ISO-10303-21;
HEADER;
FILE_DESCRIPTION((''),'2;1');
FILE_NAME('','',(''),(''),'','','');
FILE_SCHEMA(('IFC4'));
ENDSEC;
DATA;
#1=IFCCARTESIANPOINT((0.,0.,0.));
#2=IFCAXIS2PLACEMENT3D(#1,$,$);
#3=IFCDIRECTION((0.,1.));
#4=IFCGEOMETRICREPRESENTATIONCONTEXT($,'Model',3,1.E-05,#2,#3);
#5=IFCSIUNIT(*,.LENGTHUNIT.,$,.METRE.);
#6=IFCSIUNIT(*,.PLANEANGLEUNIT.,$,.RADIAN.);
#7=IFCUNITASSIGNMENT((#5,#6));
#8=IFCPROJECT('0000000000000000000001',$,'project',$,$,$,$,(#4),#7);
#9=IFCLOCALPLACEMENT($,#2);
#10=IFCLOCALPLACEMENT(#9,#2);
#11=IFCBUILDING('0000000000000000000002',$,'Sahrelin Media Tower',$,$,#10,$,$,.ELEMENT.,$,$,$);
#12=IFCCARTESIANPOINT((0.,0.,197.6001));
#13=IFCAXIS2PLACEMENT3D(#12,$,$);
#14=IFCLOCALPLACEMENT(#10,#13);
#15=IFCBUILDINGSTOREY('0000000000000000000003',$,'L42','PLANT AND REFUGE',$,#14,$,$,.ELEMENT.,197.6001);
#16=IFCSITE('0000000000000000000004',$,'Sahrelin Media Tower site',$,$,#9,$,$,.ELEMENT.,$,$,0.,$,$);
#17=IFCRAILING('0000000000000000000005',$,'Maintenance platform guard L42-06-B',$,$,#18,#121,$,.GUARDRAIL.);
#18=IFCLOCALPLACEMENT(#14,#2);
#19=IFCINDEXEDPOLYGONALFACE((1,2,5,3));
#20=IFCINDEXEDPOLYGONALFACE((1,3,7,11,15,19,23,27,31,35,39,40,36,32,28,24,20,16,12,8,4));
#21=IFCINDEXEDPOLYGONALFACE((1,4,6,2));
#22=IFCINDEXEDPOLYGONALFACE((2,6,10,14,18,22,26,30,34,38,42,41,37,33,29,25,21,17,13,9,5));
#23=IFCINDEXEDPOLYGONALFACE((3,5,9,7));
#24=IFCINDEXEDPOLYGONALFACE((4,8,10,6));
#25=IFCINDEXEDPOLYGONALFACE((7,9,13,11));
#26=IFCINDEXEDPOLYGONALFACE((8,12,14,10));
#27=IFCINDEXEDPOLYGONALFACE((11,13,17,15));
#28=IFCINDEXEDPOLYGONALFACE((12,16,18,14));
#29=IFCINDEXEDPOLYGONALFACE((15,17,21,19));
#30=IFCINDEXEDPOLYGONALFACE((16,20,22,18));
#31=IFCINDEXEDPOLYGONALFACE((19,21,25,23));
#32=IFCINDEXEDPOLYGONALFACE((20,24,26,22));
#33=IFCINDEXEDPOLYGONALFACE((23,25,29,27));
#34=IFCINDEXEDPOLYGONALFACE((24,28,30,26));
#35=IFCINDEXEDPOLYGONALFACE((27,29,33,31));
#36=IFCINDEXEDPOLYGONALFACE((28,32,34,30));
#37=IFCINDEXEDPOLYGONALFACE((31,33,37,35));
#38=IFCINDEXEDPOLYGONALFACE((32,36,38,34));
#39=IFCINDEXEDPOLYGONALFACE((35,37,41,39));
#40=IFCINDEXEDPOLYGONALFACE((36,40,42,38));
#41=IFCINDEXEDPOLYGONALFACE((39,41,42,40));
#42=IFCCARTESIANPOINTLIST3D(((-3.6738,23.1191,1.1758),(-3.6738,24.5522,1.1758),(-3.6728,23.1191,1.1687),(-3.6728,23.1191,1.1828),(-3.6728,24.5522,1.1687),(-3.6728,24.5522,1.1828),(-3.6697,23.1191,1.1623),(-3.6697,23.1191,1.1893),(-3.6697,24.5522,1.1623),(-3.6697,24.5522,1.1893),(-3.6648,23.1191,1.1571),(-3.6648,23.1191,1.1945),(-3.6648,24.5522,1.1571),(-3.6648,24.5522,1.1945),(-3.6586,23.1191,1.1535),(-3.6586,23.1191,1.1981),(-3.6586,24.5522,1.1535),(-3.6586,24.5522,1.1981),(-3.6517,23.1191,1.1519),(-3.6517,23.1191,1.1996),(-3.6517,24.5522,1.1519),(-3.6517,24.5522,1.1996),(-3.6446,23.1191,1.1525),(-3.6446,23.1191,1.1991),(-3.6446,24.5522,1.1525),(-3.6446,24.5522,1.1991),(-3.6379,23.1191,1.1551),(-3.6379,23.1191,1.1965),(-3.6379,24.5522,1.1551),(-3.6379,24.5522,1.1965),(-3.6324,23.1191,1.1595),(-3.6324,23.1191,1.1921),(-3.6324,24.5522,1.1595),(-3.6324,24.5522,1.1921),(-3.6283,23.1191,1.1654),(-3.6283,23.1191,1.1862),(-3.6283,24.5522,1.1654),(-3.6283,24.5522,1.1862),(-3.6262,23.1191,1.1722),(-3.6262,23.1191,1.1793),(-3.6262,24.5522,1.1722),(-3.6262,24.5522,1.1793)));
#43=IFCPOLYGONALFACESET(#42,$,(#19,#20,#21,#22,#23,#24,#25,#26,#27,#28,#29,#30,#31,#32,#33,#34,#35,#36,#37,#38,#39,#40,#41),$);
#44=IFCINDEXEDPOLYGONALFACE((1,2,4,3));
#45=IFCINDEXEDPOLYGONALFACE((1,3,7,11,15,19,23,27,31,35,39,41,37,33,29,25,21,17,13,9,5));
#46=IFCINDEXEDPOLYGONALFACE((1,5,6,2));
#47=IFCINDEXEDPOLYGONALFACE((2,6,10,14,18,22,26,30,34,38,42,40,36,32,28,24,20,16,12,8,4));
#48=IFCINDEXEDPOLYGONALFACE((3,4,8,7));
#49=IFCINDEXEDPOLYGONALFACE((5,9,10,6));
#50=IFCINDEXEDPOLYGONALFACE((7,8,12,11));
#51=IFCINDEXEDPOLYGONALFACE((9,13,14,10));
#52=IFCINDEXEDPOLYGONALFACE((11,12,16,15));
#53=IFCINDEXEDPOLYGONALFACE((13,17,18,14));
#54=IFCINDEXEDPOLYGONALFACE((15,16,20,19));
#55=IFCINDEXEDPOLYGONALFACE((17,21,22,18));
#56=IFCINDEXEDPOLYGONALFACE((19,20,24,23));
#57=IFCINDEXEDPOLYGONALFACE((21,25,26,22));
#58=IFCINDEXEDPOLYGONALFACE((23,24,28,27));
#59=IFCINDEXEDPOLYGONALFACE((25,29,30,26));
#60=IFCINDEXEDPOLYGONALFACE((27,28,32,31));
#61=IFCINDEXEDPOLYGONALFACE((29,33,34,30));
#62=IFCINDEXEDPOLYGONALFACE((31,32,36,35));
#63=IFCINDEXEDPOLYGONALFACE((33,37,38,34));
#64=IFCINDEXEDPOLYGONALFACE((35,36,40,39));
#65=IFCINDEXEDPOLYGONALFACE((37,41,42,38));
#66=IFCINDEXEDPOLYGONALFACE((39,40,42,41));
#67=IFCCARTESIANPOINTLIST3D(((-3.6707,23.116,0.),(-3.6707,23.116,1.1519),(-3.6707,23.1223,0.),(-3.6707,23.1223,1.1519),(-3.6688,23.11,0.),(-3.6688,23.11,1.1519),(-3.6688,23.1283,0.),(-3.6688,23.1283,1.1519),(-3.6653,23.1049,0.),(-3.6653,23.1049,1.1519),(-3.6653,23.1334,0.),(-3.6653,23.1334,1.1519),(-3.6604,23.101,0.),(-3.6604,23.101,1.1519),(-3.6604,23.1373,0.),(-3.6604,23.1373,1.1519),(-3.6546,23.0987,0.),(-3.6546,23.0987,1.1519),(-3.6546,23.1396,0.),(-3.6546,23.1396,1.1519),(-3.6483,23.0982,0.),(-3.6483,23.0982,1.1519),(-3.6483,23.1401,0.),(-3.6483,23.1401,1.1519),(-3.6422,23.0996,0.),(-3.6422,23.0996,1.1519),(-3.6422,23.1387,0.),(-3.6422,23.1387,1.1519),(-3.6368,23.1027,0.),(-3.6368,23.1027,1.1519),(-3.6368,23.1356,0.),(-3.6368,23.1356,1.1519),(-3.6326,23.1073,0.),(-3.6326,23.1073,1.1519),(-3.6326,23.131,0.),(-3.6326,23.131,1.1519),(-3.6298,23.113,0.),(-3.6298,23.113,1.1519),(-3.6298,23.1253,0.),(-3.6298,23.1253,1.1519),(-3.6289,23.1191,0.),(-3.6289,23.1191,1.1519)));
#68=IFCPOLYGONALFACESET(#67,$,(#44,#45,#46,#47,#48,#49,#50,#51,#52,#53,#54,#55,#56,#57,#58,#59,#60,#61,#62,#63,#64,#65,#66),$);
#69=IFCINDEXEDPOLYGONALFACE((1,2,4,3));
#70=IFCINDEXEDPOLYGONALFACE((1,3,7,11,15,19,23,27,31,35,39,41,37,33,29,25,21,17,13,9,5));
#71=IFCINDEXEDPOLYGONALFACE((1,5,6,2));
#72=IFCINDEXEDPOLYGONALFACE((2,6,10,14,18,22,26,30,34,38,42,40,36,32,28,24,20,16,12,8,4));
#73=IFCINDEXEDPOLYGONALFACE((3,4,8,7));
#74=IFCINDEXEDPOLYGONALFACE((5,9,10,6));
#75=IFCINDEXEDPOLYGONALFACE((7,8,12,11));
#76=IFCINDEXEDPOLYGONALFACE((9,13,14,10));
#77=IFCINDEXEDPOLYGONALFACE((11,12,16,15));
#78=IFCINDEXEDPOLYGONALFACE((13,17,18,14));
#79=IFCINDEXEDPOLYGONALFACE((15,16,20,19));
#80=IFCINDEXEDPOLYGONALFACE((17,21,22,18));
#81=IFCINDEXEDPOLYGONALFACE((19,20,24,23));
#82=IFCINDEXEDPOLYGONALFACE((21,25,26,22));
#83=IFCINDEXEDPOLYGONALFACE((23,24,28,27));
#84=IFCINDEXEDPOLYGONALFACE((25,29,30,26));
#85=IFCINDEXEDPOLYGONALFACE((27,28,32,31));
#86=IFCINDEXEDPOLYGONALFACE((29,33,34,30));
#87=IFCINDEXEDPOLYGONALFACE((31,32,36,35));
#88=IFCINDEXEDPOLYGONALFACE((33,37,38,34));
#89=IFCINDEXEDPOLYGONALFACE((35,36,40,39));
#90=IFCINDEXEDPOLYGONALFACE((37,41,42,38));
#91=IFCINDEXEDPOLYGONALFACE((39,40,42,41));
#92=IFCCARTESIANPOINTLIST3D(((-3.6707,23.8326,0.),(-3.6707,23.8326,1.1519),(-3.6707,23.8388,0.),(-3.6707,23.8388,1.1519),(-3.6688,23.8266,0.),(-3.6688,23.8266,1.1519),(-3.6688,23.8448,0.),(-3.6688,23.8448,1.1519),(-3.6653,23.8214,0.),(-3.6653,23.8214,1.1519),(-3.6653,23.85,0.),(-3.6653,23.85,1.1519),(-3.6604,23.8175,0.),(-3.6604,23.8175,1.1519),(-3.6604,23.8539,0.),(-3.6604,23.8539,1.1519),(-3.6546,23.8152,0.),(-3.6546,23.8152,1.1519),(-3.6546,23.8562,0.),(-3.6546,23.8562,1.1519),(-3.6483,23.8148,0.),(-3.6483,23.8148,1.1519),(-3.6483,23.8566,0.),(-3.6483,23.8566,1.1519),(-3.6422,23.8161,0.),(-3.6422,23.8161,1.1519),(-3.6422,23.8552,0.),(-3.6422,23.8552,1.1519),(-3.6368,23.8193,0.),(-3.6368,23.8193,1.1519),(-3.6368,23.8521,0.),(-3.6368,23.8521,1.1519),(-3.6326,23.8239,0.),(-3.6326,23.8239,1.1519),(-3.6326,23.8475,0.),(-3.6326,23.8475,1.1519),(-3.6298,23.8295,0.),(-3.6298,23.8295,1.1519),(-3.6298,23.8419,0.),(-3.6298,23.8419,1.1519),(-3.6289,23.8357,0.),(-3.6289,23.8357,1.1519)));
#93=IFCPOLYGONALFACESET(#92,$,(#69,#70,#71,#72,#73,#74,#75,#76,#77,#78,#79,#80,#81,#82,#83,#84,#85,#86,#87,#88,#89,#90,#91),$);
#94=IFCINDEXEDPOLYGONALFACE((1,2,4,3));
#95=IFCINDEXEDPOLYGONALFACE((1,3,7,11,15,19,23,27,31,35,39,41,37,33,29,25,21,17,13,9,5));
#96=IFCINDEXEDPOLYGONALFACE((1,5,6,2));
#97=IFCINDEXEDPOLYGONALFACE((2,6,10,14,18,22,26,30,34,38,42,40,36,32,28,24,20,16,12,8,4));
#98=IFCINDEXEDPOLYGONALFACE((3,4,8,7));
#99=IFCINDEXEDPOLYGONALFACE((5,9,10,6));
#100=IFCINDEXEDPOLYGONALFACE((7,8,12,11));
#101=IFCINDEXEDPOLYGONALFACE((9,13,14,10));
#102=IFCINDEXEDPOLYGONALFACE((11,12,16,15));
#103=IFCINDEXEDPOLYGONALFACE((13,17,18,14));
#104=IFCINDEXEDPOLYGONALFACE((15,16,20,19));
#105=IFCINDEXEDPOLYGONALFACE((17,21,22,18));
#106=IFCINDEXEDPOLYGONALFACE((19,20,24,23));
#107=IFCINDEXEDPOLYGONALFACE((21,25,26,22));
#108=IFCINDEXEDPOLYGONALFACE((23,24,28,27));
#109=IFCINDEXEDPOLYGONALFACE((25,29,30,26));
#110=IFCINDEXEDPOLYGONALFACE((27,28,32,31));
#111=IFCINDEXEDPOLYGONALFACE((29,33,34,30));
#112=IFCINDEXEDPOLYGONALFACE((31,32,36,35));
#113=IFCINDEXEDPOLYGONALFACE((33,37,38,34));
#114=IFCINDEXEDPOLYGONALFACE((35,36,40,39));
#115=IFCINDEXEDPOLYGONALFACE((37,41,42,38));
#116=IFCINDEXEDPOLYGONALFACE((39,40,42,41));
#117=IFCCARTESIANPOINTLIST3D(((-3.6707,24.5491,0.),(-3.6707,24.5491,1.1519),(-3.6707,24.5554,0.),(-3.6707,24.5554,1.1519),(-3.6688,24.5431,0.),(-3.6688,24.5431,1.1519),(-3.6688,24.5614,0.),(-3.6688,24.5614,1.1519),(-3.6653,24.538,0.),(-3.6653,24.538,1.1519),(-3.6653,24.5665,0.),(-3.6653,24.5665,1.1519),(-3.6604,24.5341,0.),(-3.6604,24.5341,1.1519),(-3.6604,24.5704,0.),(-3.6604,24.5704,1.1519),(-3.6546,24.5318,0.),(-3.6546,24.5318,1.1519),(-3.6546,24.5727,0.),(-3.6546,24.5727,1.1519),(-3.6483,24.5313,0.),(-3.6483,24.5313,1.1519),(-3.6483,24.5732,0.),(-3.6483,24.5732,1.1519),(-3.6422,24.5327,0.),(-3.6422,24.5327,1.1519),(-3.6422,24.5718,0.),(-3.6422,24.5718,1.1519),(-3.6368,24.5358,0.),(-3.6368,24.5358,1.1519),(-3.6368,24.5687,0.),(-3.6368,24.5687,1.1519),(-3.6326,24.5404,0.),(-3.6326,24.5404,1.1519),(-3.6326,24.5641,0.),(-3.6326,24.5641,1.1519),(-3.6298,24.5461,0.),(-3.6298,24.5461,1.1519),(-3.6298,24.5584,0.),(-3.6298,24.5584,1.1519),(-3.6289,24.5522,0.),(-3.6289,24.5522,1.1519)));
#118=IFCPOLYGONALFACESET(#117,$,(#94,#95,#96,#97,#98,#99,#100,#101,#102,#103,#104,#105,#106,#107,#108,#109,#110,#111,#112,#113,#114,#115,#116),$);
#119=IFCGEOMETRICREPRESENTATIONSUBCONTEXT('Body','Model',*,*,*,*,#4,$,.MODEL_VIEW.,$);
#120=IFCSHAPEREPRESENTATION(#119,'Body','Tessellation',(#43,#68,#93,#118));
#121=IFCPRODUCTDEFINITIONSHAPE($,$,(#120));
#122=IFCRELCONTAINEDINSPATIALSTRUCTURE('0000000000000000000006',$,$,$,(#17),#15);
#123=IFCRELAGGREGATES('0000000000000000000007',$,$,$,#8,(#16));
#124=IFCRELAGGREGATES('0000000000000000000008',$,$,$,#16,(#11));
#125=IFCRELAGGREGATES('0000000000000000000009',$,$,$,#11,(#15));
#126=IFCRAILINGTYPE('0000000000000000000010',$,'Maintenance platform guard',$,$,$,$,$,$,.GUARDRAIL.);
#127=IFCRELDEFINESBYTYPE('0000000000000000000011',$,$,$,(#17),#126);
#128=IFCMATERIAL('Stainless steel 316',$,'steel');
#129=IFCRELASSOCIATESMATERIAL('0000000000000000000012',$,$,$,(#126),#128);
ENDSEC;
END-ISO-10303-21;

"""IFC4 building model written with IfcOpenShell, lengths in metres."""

from ifc_helpers import new_model, si_unit, direction, frame, origin, origin_2d, place, context, subcontext, project, spatial, circle, extrude, material, type_object, element, save


model = new_model("IFC4")

# Units and contexts
model_context = context("Model", 3, precision=1e-05, world=origin(), true_north=direction((0.0, 1.0)))
body_context = subcontext(model_context, "Body", "Model", "MODEL_VIEW")
ifc_project = project(units=[si_unit("LENGTHUNIT", "METRE"), si_unit("PLANEANGLEUNIT", "RADIAN")], contexts=[model_context])

# Site, building, storey
site_placement = place(None, origin())
site = spatial("IfcSite", under=ifc_project, at=site_placement, Name="Sahrelin Media Tower site", CompositionType="ELEMENT", RefElevation=0.0)
building_placement = place(site_placement, origin())
building = spatial("IfcBuilding", under=site, at=building_placement, Name="Sahrelin Media Tower", CompositionType="ELEMENT")
storey_placement = place(building_placement, frame((0.0, 0.0, 197.6001)))
storey = spatial("IfcBuildingStorey", under=building, at=storey_placement, Name="L42", Description="PLANT AND REFUGE", CompositionType="ELEMENT", Elevation=197.6001)

# Railing
ifc_material_1 = material(Name="Stainless steel 316", Category="steel")
railing_type = type_object("IfcRailingType", Name="Maintenance platform guard", PredefinedType="GUARDRAIL", material=ifc_material_1)
for number, where, name in (
    (1, (-3.6499, 23.1191, 0.0), "Maintenance platform guard L42-06-B"),
):
    element("IfcRailing", number, at=place(storey_placement, frame(where)), inside=storey, type_object=railing_type, Name=name, PredefinedType="GUARDRAIL", context=body_context, shape_type="SweptSolid", body=[
        extrude(circle(Radius=0.0239, at=origin_2d()), frame((0.0, 0.0, 1.1758), z_axis=(0.0, 1.0, 0.0), x_axis=(-1.0, 0.0, 0.0)), (0.0, 0.0, 1.0), 1.4331),
        extrude(circle(Radius=0.021, at=origin_2d()), origin(), (0.0, 0.0, 1.0), 1.1519),
        extrude(circle(Radius=0.021, at=origin_2d()), frame((0.0, 0.7166, 0.0)), (0.0, 0.0, 1.0), 1.1519),
        extrude(circle(Radius=0.021, at=origin_2d()), frame((0.0, 1.4331, 0.0)), (0.0, 0.0, 1.0), 1.1519),
    ])

save(model, "model.ifc")
